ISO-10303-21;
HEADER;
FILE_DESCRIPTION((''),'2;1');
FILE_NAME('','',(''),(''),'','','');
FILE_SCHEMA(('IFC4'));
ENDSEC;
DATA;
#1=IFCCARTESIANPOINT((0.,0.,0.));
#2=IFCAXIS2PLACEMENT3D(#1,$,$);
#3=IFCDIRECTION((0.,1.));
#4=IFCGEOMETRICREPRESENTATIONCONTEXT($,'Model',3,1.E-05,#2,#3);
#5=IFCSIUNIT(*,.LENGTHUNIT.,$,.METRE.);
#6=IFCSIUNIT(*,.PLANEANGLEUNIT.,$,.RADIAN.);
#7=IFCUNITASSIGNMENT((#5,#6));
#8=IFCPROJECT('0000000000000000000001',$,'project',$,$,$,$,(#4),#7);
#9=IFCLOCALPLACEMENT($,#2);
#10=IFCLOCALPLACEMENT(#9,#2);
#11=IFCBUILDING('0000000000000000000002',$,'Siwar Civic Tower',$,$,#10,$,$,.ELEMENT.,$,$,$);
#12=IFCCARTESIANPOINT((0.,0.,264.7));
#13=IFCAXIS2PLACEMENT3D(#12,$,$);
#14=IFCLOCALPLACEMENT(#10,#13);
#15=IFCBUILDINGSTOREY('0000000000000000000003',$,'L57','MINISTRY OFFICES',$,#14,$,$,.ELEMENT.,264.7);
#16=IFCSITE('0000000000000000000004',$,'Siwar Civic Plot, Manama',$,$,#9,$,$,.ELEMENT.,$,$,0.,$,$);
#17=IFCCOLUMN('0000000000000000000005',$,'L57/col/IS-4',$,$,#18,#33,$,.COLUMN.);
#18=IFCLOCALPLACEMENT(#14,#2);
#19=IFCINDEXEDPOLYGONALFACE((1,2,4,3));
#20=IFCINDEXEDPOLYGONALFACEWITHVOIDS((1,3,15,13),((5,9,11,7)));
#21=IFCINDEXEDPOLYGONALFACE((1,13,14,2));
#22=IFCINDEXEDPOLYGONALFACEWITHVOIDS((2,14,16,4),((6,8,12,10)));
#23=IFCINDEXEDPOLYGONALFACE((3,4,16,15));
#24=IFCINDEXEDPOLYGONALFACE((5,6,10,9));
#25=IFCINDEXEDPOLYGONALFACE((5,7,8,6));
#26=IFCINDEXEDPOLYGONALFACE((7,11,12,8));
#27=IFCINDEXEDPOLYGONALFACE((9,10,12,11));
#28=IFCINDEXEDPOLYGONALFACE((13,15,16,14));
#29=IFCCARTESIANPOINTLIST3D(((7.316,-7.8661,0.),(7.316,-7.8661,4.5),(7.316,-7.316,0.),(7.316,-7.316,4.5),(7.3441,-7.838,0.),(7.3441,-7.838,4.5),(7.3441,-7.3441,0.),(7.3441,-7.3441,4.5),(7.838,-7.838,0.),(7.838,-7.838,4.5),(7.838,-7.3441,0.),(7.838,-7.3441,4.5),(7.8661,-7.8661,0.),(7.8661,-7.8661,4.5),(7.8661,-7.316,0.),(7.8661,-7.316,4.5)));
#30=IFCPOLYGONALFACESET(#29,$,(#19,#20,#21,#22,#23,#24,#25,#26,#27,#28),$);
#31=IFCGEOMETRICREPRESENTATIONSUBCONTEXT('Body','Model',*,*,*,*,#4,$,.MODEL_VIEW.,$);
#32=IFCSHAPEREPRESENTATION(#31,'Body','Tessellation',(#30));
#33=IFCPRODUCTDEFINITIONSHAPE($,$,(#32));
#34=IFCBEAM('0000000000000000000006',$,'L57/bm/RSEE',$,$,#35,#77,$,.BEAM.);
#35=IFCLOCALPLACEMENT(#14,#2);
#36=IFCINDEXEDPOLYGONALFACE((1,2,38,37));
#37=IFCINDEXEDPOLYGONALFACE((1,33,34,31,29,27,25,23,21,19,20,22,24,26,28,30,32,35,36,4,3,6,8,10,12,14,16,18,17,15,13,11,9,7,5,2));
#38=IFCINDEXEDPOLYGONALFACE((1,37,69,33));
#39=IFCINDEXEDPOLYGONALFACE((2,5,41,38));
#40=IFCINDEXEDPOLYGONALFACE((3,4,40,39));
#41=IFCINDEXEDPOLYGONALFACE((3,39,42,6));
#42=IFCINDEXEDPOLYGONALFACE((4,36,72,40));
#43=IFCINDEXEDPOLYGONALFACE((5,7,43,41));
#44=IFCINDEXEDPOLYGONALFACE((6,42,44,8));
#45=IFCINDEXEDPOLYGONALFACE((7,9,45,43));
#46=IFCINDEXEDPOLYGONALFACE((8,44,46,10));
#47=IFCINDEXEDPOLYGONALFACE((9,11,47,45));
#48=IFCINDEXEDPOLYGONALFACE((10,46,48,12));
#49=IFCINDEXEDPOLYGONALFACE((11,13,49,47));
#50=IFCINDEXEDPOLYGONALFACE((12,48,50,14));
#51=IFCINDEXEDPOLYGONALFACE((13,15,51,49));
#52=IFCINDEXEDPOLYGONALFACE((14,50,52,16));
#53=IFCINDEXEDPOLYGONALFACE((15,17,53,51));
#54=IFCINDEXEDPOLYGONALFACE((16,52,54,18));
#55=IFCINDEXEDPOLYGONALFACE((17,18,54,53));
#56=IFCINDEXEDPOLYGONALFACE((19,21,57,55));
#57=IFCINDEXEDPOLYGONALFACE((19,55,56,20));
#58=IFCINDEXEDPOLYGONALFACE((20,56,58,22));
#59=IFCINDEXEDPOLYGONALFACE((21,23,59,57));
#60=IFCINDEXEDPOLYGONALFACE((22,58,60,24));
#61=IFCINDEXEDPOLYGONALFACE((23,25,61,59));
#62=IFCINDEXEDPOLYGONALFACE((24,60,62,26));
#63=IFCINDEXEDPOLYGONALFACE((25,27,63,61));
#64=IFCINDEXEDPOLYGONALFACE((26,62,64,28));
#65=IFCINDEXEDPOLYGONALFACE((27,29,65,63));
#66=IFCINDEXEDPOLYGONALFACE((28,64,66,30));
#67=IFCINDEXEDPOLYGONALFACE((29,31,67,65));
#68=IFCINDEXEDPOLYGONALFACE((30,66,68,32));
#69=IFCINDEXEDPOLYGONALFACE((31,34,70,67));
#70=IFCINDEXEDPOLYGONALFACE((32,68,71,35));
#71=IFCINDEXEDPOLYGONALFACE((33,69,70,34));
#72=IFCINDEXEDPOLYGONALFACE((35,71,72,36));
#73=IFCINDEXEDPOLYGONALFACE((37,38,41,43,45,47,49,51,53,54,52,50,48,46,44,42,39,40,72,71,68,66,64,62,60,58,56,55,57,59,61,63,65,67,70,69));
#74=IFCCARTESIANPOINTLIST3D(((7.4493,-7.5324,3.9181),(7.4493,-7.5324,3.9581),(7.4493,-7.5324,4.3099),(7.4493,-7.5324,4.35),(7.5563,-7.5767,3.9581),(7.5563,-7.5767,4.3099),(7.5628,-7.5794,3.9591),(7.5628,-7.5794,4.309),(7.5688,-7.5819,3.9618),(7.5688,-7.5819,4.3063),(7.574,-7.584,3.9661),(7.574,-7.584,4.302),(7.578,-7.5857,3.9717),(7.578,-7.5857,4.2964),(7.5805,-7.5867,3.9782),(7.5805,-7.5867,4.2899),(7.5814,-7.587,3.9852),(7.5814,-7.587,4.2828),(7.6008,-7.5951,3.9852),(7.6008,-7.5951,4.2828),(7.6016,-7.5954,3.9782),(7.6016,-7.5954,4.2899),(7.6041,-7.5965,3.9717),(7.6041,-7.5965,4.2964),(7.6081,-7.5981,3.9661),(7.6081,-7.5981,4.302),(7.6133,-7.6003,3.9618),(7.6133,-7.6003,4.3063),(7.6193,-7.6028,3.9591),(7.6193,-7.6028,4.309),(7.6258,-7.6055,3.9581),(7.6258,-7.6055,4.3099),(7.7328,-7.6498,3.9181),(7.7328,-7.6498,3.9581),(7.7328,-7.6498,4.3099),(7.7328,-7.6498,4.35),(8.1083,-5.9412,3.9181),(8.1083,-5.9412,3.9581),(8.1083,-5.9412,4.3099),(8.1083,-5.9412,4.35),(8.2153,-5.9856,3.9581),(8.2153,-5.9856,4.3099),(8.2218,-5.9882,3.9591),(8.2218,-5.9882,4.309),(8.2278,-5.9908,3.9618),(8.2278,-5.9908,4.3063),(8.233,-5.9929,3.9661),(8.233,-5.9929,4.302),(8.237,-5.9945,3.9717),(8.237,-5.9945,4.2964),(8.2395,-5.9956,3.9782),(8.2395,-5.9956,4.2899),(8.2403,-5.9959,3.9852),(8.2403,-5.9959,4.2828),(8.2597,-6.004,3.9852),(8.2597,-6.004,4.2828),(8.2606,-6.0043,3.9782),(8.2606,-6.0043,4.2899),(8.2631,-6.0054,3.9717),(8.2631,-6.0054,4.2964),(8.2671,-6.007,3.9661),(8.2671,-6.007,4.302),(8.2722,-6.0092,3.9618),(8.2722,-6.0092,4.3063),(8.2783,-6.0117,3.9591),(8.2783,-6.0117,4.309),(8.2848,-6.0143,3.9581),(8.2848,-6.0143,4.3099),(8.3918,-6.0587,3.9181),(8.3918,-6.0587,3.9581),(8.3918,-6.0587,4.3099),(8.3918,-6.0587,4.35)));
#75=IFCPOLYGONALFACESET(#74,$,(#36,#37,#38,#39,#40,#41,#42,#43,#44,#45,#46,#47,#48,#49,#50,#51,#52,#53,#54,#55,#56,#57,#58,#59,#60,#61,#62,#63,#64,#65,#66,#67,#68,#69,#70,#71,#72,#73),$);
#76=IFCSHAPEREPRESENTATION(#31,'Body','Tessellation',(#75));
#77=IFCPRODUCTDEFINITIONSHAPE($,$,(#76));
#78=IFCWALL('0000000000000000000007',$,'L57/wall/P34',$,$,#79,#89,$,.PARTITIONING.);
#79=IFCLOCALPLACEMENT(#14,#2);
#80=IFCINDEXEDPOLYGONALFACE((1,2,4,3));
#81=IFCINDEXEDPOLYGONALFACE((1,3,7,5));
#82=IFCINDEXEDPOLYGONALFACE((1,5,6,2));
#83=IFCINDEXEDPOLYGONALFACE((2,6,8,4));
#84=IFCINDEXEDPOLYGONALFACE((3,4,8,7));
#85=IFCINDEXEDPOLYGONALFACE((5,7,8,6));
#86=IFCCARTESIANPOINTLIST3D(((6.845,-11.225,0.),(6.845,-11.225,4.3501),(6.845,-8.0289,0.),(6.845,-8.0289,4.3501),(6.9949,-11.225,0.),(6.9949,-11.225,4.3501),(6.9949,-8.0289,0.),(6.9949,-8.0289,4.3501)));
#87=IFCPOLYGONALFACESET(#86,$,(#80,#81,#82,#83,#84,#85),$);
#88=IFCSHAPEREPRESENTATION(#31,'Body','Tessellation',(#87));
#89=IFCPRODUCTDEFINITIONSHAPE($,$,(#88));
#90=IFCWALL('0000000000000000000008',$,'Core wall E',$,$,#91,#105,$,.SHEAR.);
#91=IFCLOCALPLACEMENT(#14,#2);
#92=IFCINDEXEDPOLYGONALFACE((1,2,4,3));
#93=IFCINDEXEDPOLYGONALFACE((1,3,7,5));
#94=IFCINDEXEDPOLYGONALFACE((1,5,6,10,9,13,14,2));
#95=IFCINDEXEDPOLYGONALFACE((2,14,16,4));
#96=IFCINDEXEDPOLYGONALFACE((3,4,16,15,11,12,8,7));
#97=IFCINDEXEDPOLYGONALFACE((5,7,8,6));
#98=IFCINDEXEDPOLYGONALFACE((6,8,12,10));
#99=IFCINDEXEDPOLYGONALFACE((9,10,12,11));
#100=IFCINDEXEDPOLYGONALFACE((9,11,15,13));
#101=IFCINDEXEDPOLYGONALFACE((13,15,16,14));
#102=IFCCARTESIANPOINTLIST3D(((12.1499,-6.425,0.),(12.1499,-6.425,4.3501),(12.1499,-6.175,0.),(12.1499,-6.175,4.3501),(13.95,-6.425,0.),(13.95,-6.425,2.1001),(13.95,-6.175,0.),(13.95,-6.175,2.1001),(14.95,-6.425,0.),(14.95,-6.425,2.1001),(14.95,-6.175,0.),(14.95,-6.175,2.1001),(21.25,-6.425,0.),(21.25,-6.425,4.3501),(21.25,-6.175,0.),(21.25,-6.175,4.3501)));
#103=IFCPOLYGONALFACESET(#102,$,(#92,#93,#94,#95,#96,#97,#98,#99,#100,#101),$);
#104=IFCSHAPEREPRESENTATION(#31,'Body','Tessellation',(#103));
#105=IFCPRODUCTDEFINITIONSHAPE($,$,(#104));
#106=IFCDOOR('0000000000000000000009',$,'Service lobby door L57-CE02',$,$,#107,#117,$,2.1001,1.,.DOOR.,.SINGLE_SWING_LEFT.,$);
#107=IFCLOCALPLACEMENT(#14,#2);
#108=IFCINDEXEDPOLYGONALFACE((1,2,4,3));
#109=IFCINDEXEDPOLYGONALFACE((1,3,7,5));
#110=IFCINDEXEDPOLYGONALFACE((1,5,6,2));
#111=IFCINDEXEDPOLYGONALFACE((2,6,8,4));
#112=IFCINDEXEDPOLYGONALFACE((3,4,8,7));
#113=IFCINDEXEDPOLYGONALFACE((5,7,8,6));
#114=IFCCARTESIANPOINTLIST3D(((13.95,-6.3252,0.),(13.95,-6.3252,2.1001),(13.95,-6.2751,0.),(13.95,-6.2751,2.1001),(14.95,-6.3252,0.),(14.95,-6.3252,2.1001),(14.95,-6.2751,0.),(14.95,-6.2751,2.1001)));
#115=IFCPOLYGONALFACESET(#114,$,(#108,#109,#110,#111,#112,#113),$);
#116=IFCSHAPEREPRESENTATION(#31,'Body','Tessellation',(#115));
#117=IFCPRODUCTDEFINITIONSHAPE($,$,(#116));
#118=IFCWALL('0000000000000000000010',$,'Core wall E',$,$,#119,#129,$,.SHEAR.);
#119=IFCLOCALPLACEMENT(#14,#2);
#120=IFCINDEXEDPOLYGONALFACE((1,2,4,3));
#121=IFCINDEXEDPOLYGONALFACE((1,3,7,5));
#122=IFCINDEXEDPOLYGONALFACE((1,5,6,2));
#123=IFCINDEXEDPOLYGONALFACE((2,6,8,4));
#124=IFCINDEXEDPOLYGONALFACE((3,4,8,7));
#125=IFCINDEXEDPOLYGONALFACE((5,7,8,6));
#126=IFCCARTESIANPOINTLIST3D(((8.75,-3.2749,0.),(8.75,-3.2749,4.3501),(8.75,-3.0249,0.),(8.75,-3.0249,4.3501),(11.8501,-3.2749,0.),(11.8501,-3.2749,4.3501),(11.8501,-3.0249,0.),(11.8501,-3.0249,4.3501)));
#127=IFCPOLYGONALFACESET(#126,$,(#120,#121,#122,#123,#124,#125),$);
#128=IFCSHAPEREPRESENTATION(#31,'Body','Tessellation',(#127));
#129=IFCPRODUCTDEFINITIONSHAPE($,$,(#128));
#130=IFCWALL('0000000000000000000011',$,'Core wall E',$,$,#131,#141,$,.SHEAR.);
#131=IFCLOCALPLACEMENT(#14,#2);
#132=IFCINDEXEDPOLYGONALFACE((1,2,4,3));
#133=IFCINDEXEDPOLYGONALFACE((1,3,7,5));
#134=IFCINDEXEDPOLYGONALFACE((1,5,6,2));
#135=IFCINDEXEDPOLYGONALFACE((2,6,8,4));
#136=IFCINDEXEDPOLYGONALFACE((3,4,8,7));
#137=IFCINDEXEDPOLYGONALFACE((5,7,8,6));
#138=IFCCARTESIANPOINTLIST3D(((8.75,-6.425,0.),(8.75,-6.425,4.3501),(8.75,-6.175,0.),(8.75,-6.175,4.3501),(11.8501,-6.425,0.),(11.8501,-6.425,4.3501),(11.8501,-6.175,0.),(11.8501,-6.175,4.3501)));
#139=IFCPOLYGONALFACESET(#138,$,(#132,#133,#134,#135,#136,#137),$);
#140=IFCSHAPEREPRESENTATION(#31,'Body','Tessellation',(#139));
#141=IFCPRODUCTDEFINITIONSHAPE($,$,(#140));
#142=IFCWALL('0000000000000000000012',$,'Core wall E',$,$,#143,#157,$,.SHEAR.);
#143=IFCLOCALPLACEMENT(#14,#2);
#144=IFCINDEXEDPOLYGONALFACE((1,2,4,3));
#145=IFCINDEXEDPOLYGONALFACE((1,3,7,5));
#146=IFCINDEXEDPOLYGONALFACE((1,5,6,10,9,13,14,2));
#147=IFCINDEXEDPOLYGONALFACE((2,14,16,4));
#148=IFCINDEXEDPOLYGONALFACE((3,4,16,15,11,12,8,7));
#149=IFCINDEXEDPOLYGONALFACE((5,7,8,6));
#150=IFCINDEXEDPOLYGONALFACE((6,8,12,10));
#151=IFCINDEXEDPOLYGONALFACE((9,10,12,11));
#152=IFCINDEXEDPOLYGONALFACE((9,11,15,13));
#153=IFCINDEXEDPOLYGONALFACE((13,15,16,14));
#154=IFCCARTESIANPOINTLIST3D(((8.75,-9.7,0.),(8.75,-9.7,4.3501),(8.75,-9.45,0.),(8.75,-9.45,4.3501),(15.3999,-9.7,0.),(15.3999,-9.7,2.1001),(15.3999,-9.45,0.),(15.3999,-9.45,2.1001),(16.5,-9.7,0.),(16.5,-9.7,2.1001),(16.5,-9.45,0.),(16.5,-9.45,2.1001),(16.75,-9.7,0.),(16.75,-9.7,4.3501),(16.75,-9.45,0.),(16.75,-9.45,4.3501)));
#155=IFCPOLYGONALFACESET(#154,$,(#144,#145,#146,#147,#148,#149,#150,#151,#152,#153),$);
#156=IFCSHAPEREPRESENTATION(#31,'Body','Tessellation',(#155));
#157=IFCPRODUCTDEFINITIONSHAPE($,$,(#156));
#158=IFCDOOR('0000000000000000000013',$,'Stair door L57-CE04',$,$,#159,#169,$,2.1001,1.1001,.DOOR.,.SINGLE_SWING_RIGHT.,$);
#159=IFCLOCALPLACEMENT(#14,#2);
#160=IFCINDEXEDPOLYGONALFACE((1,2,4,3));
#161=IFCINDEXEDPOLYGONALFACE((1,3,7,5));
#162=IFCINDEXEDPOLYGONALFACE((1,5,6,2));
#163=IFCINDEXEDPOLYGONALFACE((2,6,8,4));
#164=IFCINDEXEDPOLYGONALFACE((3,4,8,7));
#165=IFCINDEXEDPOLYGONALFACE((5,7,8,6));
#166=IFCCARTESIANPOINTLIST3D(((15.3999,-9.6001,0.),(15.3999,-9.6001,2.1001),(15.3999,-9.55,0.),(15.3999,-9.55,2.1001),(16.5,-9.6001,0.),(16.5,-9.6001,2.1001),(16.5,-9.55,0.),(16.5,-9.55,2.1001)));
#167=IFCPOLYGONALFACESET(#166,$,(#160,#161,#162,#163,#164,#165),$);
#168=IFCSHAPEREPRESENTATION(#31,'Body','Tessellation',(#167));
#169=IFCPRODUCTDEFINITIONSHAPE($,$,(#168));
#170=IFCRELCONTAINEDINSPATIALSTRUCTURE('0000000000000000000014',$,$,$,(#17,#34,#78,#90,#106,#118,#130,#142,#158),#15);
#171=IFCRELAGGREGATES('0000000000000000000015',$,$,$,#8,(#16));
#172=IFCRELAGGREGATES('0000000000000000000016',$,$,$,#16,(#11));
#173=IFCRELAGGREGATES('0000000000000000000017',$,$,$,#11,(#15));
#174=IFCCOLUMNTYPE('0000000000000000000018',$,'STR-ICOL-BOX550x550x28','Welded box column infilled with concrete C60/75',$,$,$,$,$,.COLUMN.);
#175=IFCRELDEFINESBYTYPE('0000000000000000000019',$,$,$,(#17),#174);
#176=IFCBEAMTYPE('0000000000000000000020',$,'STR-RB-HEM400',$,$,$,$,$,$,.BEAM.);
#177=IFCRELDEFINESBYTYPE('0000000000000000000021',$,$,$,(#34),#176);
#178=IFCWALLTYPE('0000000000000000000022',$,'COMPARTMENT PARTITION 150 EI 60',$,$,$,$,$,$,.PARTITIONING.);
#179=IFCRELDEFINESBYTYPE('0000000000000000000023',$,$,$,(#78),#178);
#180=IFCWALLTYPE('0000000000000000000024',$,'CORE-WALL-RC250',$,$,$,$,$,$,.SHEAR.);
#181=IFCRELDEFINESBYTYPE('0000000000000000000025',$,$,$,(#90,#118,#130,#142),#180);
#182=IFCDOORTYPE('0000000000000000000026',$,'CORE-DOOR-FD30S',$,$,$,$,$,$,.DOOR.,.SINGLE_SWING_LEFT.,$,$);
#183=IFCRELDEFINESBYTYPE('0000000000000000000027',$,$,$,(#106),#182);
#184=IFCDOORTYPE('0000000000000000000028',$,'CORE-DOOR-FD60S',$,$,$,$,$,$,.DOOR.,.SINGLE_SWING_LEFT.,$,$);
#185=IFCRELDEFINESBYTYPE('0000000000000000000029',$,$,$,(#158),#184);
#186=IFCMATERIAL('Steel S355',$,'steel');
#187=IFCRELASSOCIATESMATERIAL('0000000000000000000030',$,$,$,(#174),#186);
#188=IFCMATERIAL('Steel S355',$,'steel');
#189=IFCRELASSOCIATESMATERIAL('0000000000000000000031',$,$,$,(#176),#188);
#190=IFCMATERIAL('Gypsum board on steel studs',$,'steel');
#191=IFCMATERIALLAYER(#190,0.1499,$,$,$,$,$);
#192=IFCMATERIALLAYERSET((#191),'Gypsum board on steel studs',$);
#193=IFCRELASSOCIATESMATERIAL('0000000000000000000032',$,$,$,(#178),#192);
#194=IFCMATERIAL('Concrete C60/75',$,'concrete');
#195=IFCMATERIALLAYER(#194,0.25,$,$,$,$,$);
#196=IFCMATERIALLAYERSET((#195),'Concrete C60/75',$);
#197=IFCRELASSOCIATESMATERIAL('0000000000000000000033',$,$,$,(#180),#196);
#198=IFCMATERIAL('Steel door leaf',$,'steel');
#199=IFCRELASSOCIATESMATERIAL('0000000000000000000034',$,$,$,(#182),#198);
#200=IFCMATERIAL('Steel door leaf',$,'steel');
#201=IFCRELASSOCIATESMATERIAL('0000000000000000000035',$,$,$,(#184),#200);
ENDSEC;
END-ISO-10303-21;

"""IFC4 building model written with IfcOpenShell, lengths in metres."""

from ifc_helpers import new_model, si_unit, direction, frame, frame_2d, origin, origin_2d, place, context, subcontext, project, spatial, rectangle, hollow_rectangle, i_section, extrude, material, layer, layer_set, material_profile, profile_set, type_object, element, fill, save


model = new_model("IFC4")

# Units and contexts
model_context = context("Model", 3, precision=1e-05, world=origin(), true_north=direction((0.0, 1.0)))
body_context = subcontext(model_context, "Body", "Model", "MODEL_VIEW")
ifc_project = project(units=[si_unit("LENGTHUNIT", "METRE"), si_unit("PLANEANGLEUNIT", "RADIAN")], contexts=[model_context])

# Site, building, storey
site_placement = place(None, origin())
site = spatial("IfcSite", under=ifc_project, at=site_placement, Name="Siwar Civic Plot, Manama", CompositionType="ELEMENT", RefElevation=0.0)
building_placement = place(site_placement, origin())
building = spatial("IfcBuilding", under=site, at=building_placement, Name="Siwar Civic Tower", CompositionType="ELEMENT")
storey_placement = place(building_placement, frame((0.0, 0.0, 264.7)))
storey = spatial("IfcBuildingStorey", under=building, at=storey_placement, Name="L57", Description="MINISTRY OFFICES", CompositionType="ELEMENT", Elevation=264.7)

# Column
ifc_material_1 = material(Name="Steel S355", Category="steel")
ifc_material_profile_1 = material_profile(ifc_material_1, hollow_rectangle(XDim=0.55, YDim=0.55, WallThickness=0.0281, at=origin_2d()), Name="BOX550x550x28")
ifc_profile_set_1 = profile_set([ifc_material_profile_1], Name="Steel S355")
column_type = type_object("IfcColumnType", Name="STR-ICOL-BOX550x550x28", Description="Welded box column infilled with concrete C60/75", PredefinedType="COLUMN", material=ifc_profile_set_1)
column_placement = place(storey_placement, frame((7.5911, -7.5911, 0.0), z_axis=(0.0, 0.0, 1.0), x_axis=(1.0, 0.0, 0.0)))
element("IfcColumn", 1, at=column_placement, inside=storey, type_object=column_type, Name="L57/col/IS-4", PredefinedType="COLUMN", context=body_context, shape_type="SweptSolid", body=[
    extrude(hollow_rectangle(XDim=0.55, YDim=0.55, WallThickness=0.0281, at=origin_2d()), origin(), (0.0, 0.0, 1.0), 4.5),
])

# Beam
ifc_material_2 = material(Name="Steel S355", Category="steel")
ifc_material_profile_2 = material_profile(ifc_material_2, i_section(OverallWidth=0.3069, OverallDepth=0.4319, WebThickness=0.021, FlangeThickness=0.04, FilletRadius=0.0271, at=origin_2d()), Name="HEM400")
ifc_profile_set_2 = profile_set([ifc_material_profile_2], Name="Steel S355")
beam_type = type_object("IfcBeamType", Name="STR-RB-HEM400", PredefinedType="BEAM", material=ifc_profile_set_2)
beam_placement = place(storey_placement, frame((7.5911, -7.5911, 4.134), z_axis=(0.382631, 0.923901, 0.0), x_axis=(-0.923901, 0.382631, 0.0)))
element("IfcBeam", 2, at=beam_placement, inside=storey, type_object=beam_type, Name="L57/bm/RSEE", PredefinedType="BEAM", context=body_context, shape_type="SweptSolid", body=[
    extrude(i_section(OverallWidth=0.3069, OverallDepth=0.4319, WebThickness=0.021, FlangeThickness=0.04, FilletRadius=0.0271, at=origin_2d()), origin(), (0.0, 0.0, 1.0), 1.7222),
])

# Wall
ifc_material_3 = material(Name="Gypsum board on steel studs", Category="steel")
ifc_layer_1 = layer(ifc_material_3, 0.1499)
ifc_layer_set_1 = layer_set([ifc_layer_1], Name="Gypsum board on steel studs")
wall_type_1 = type_object("IfcWallType", Name="COMPARTMENT PARTITION 150 EI 60", PredefinedType="PARTITIONING", material=ifc_layer_set_1)
wall_1_placement = place(storey_placement, frame((6.9199, -11.2251, 0.0), z_axis=(0.0, 0.0, 1.0), x_axis=(0.0, 1.0, 0.0)))
element("IfcWall", 3, at=wall_1_placement, inside=storey, type_object=wall_type_1, Name="L57/wall/P34", PredefinedType="PARTITIONING", context=body_context, shape_type="SweptSolid", body=[
    extrude(rectangle(XDim=3.196, YDim=0.1499, at=frame_2d((1.5981, 0.0))), origin(), (0.0, 0.0, 1.0), 4.3501),
])

# Wall, opening, door
ifc_material_4 = material(Name="Concrete C60/75", Category="concrete")
ifc_layer_2 = layer(ifc_material_4, 0.25)
ifc_layer_set_2 = layer_set([ifc_layer_2], Name="Concrete C60/75")
wall_type_2 = type_object("IfcWallType", Name="CORE-WALL-RC250", PredefinedType="SHEAR", material=ifc_layer_set_2)
wall_2_placement = place(storey_placement, frame((12.1499, -6.3, 0.0), z_axis=(0.0, 0.0, 1.0), x_axis=(1.0, 0.0, 0.0)))
wall_2 = element("IfcWall", 4, at=wall_2_placement, inside=storey, type_object=wall_type_2, Name="Core wall E", PredefinedType="SHEAR", context=body_context, shape_type="SweptSolid", body=[
    extrude(rectangle(XDim=9.1001, YDim=0.25, at=frame_2d((4.55, 0.0))), origin(), (0.0, 0.0, 1.0), 4.3501),
])
opening_1_placement = place(wall_2_placement, frame((1.8, 0.0, 0.0)))
opening_1 = element("IfcOpeningElement", 5, at=opening_1_placement, cuts=wall_2, PredefinedType="OPENING", context=body_context, shape_type="SweptSolid", body=[
    extrude(rectangle(XDim=1.0, YDim=2.1001, at=frame_2d((0.5, 1.05))), frame((0.0, 0.135, 0.0), z_axis=(0.0, -1.0, 0.0), x_axis=(1.0, 0.0, 0.0)), (0.0, 0.0, 1.0), 0.27),
])
ifc_material_5 = material(Name="Steel door leaf", Category="steel")
door_type_1 = type_object("IfcDoorType", Name="CORE-DOOR-FD30S", OperationType="SINGLE_SWING_LEFT", PredefinedType="DOOR", material=ifc_material_5)
door_1_placement = place(opening_1_placement, origin())
door_1 = element("IfcDoor", 6, at=door_1_placement, inside=storey, type_object=door_type_1, Name="Service lobby door L57-CE02", OperationType="SINGLE_SWING_LEFT", OverallHeight=2.1001, OverallWidth=1.0, PredefinedType="DOOR", context=body_context, shape_type="SweptSolid", body=[
    extrude(rectangle(XDim=1.0, YDim=2.1001, at=frame_2d((0.5, 1.05))), frame((0.0, 0.0249, 0.0), z_axis=(0.0, -1.0, 0.0), x_axis=(1.0, 0.0, 0.0)), (0.0, 0.0, 1.0), 0.05),
])
fill(opening_1, door_1)

# Walls
for number, where, z_axis, x_axis, name in (
    (7, (8.75, -3.1499, 0.0), (0.0, 0.0, 1.0), (1.0, 0.0, 0.0), "Core wall E"),
    (8, (8.75, -6.3, 0.0), (0.0, 0.0, 1.0), (1.0, 0.0, 0.0), "Core wall E"),
):
    element("IfcWall", number, at=place(storey_placement, frame(where, z_axis=z_axis, x_axis=x_axis)), inside=storey, type_object=wall_type_2, Name=name, PredefinedType="SHEAR", context=body_context, shape_type="SweptSolid", body=[
        extrude(rectangle(XDim=3.1001, YDim=0.25, at=frame_2d((1.55, 0.0))), origin(), (0.0, 0.0, 1.0), 4.3501),
    ])

# Wall, opening, door
wall_3_placement = place(storey_placement, frame((8.75, -9.575, 0.0), z_axis=(0.0, 0.0, 1.0), x_axis=(1.0, 0.0, 0.0)))
wall_3 = element("IfcWall", 9, at=wall_3_placement, inside=storey, type_object=wall_type_2, Name="Core wall E", PredefinedType="SHEAR", context=body_context, shape_type="SweptSolid", body=[
    extrude(rectangle(XDim=8.0, YDim=0.25, at=frame_2d((4.0, 0.0))), origin(), (0.0, 0.0, 1.0), 4.3501),
])
opening_2_placement = place(wall_3_placement, frame((6.6499, 0.0, 0.0)))
opening_2 = element("IfcOpeningElement", 10, at=opening_2_placement, cuts=wall_3, PredefinedType="OPENING", context=body_context, shape_type="SweptSolid", body=[
    extrude(rectangle(XDim=1.1001, YDim=2.1001, at=frame_2d((0.55, 1.05))), frame((0.0, 0.135, 0.0), z_axis=(0.0, -1.0, 0.0), x_axis=(1.0, 0.0, 0.0)), (0.0, 0.0, 1.0), 0.27),
])
ifc_material_6 = material(Name="Steel door leaf", Category="steel")
door_type_2 = type_object("IfcDoorType", Name="CORE-DOOR-FD60S", OperationType="SINGLE_SWING_LEFT", PredefinedType="DOOR", material=ifc_material_6)
door_2_placement = place(opening_2_placement, origin())
door_2 = element("IfcDoor", 11, at=door_2_placement, inside=storey, type_object=door_type_2, Name="Stair door L57-CE04", OperationType="SINGLE_SWING_RIGHT", OverallHeight=2.1001, OverallWidth=1.1001, PredefinedType="DOOR", context=body_context, shape_type="SweptSolid", body=[
    extrude(rectangle(XDim=1.1001, YDim=2.1001, at=frame_2d((0.55, 1.05))), frame((0.0, 0.0249, 0.0), z_axis=(0.0, -1.0, 0.0), x_axis=(1.0, 0.0, 0.0)), (0.0, 0.0, 1.0), 0.05),
])
fill(opening_2, door_2)

save(model, "model.ifc")
